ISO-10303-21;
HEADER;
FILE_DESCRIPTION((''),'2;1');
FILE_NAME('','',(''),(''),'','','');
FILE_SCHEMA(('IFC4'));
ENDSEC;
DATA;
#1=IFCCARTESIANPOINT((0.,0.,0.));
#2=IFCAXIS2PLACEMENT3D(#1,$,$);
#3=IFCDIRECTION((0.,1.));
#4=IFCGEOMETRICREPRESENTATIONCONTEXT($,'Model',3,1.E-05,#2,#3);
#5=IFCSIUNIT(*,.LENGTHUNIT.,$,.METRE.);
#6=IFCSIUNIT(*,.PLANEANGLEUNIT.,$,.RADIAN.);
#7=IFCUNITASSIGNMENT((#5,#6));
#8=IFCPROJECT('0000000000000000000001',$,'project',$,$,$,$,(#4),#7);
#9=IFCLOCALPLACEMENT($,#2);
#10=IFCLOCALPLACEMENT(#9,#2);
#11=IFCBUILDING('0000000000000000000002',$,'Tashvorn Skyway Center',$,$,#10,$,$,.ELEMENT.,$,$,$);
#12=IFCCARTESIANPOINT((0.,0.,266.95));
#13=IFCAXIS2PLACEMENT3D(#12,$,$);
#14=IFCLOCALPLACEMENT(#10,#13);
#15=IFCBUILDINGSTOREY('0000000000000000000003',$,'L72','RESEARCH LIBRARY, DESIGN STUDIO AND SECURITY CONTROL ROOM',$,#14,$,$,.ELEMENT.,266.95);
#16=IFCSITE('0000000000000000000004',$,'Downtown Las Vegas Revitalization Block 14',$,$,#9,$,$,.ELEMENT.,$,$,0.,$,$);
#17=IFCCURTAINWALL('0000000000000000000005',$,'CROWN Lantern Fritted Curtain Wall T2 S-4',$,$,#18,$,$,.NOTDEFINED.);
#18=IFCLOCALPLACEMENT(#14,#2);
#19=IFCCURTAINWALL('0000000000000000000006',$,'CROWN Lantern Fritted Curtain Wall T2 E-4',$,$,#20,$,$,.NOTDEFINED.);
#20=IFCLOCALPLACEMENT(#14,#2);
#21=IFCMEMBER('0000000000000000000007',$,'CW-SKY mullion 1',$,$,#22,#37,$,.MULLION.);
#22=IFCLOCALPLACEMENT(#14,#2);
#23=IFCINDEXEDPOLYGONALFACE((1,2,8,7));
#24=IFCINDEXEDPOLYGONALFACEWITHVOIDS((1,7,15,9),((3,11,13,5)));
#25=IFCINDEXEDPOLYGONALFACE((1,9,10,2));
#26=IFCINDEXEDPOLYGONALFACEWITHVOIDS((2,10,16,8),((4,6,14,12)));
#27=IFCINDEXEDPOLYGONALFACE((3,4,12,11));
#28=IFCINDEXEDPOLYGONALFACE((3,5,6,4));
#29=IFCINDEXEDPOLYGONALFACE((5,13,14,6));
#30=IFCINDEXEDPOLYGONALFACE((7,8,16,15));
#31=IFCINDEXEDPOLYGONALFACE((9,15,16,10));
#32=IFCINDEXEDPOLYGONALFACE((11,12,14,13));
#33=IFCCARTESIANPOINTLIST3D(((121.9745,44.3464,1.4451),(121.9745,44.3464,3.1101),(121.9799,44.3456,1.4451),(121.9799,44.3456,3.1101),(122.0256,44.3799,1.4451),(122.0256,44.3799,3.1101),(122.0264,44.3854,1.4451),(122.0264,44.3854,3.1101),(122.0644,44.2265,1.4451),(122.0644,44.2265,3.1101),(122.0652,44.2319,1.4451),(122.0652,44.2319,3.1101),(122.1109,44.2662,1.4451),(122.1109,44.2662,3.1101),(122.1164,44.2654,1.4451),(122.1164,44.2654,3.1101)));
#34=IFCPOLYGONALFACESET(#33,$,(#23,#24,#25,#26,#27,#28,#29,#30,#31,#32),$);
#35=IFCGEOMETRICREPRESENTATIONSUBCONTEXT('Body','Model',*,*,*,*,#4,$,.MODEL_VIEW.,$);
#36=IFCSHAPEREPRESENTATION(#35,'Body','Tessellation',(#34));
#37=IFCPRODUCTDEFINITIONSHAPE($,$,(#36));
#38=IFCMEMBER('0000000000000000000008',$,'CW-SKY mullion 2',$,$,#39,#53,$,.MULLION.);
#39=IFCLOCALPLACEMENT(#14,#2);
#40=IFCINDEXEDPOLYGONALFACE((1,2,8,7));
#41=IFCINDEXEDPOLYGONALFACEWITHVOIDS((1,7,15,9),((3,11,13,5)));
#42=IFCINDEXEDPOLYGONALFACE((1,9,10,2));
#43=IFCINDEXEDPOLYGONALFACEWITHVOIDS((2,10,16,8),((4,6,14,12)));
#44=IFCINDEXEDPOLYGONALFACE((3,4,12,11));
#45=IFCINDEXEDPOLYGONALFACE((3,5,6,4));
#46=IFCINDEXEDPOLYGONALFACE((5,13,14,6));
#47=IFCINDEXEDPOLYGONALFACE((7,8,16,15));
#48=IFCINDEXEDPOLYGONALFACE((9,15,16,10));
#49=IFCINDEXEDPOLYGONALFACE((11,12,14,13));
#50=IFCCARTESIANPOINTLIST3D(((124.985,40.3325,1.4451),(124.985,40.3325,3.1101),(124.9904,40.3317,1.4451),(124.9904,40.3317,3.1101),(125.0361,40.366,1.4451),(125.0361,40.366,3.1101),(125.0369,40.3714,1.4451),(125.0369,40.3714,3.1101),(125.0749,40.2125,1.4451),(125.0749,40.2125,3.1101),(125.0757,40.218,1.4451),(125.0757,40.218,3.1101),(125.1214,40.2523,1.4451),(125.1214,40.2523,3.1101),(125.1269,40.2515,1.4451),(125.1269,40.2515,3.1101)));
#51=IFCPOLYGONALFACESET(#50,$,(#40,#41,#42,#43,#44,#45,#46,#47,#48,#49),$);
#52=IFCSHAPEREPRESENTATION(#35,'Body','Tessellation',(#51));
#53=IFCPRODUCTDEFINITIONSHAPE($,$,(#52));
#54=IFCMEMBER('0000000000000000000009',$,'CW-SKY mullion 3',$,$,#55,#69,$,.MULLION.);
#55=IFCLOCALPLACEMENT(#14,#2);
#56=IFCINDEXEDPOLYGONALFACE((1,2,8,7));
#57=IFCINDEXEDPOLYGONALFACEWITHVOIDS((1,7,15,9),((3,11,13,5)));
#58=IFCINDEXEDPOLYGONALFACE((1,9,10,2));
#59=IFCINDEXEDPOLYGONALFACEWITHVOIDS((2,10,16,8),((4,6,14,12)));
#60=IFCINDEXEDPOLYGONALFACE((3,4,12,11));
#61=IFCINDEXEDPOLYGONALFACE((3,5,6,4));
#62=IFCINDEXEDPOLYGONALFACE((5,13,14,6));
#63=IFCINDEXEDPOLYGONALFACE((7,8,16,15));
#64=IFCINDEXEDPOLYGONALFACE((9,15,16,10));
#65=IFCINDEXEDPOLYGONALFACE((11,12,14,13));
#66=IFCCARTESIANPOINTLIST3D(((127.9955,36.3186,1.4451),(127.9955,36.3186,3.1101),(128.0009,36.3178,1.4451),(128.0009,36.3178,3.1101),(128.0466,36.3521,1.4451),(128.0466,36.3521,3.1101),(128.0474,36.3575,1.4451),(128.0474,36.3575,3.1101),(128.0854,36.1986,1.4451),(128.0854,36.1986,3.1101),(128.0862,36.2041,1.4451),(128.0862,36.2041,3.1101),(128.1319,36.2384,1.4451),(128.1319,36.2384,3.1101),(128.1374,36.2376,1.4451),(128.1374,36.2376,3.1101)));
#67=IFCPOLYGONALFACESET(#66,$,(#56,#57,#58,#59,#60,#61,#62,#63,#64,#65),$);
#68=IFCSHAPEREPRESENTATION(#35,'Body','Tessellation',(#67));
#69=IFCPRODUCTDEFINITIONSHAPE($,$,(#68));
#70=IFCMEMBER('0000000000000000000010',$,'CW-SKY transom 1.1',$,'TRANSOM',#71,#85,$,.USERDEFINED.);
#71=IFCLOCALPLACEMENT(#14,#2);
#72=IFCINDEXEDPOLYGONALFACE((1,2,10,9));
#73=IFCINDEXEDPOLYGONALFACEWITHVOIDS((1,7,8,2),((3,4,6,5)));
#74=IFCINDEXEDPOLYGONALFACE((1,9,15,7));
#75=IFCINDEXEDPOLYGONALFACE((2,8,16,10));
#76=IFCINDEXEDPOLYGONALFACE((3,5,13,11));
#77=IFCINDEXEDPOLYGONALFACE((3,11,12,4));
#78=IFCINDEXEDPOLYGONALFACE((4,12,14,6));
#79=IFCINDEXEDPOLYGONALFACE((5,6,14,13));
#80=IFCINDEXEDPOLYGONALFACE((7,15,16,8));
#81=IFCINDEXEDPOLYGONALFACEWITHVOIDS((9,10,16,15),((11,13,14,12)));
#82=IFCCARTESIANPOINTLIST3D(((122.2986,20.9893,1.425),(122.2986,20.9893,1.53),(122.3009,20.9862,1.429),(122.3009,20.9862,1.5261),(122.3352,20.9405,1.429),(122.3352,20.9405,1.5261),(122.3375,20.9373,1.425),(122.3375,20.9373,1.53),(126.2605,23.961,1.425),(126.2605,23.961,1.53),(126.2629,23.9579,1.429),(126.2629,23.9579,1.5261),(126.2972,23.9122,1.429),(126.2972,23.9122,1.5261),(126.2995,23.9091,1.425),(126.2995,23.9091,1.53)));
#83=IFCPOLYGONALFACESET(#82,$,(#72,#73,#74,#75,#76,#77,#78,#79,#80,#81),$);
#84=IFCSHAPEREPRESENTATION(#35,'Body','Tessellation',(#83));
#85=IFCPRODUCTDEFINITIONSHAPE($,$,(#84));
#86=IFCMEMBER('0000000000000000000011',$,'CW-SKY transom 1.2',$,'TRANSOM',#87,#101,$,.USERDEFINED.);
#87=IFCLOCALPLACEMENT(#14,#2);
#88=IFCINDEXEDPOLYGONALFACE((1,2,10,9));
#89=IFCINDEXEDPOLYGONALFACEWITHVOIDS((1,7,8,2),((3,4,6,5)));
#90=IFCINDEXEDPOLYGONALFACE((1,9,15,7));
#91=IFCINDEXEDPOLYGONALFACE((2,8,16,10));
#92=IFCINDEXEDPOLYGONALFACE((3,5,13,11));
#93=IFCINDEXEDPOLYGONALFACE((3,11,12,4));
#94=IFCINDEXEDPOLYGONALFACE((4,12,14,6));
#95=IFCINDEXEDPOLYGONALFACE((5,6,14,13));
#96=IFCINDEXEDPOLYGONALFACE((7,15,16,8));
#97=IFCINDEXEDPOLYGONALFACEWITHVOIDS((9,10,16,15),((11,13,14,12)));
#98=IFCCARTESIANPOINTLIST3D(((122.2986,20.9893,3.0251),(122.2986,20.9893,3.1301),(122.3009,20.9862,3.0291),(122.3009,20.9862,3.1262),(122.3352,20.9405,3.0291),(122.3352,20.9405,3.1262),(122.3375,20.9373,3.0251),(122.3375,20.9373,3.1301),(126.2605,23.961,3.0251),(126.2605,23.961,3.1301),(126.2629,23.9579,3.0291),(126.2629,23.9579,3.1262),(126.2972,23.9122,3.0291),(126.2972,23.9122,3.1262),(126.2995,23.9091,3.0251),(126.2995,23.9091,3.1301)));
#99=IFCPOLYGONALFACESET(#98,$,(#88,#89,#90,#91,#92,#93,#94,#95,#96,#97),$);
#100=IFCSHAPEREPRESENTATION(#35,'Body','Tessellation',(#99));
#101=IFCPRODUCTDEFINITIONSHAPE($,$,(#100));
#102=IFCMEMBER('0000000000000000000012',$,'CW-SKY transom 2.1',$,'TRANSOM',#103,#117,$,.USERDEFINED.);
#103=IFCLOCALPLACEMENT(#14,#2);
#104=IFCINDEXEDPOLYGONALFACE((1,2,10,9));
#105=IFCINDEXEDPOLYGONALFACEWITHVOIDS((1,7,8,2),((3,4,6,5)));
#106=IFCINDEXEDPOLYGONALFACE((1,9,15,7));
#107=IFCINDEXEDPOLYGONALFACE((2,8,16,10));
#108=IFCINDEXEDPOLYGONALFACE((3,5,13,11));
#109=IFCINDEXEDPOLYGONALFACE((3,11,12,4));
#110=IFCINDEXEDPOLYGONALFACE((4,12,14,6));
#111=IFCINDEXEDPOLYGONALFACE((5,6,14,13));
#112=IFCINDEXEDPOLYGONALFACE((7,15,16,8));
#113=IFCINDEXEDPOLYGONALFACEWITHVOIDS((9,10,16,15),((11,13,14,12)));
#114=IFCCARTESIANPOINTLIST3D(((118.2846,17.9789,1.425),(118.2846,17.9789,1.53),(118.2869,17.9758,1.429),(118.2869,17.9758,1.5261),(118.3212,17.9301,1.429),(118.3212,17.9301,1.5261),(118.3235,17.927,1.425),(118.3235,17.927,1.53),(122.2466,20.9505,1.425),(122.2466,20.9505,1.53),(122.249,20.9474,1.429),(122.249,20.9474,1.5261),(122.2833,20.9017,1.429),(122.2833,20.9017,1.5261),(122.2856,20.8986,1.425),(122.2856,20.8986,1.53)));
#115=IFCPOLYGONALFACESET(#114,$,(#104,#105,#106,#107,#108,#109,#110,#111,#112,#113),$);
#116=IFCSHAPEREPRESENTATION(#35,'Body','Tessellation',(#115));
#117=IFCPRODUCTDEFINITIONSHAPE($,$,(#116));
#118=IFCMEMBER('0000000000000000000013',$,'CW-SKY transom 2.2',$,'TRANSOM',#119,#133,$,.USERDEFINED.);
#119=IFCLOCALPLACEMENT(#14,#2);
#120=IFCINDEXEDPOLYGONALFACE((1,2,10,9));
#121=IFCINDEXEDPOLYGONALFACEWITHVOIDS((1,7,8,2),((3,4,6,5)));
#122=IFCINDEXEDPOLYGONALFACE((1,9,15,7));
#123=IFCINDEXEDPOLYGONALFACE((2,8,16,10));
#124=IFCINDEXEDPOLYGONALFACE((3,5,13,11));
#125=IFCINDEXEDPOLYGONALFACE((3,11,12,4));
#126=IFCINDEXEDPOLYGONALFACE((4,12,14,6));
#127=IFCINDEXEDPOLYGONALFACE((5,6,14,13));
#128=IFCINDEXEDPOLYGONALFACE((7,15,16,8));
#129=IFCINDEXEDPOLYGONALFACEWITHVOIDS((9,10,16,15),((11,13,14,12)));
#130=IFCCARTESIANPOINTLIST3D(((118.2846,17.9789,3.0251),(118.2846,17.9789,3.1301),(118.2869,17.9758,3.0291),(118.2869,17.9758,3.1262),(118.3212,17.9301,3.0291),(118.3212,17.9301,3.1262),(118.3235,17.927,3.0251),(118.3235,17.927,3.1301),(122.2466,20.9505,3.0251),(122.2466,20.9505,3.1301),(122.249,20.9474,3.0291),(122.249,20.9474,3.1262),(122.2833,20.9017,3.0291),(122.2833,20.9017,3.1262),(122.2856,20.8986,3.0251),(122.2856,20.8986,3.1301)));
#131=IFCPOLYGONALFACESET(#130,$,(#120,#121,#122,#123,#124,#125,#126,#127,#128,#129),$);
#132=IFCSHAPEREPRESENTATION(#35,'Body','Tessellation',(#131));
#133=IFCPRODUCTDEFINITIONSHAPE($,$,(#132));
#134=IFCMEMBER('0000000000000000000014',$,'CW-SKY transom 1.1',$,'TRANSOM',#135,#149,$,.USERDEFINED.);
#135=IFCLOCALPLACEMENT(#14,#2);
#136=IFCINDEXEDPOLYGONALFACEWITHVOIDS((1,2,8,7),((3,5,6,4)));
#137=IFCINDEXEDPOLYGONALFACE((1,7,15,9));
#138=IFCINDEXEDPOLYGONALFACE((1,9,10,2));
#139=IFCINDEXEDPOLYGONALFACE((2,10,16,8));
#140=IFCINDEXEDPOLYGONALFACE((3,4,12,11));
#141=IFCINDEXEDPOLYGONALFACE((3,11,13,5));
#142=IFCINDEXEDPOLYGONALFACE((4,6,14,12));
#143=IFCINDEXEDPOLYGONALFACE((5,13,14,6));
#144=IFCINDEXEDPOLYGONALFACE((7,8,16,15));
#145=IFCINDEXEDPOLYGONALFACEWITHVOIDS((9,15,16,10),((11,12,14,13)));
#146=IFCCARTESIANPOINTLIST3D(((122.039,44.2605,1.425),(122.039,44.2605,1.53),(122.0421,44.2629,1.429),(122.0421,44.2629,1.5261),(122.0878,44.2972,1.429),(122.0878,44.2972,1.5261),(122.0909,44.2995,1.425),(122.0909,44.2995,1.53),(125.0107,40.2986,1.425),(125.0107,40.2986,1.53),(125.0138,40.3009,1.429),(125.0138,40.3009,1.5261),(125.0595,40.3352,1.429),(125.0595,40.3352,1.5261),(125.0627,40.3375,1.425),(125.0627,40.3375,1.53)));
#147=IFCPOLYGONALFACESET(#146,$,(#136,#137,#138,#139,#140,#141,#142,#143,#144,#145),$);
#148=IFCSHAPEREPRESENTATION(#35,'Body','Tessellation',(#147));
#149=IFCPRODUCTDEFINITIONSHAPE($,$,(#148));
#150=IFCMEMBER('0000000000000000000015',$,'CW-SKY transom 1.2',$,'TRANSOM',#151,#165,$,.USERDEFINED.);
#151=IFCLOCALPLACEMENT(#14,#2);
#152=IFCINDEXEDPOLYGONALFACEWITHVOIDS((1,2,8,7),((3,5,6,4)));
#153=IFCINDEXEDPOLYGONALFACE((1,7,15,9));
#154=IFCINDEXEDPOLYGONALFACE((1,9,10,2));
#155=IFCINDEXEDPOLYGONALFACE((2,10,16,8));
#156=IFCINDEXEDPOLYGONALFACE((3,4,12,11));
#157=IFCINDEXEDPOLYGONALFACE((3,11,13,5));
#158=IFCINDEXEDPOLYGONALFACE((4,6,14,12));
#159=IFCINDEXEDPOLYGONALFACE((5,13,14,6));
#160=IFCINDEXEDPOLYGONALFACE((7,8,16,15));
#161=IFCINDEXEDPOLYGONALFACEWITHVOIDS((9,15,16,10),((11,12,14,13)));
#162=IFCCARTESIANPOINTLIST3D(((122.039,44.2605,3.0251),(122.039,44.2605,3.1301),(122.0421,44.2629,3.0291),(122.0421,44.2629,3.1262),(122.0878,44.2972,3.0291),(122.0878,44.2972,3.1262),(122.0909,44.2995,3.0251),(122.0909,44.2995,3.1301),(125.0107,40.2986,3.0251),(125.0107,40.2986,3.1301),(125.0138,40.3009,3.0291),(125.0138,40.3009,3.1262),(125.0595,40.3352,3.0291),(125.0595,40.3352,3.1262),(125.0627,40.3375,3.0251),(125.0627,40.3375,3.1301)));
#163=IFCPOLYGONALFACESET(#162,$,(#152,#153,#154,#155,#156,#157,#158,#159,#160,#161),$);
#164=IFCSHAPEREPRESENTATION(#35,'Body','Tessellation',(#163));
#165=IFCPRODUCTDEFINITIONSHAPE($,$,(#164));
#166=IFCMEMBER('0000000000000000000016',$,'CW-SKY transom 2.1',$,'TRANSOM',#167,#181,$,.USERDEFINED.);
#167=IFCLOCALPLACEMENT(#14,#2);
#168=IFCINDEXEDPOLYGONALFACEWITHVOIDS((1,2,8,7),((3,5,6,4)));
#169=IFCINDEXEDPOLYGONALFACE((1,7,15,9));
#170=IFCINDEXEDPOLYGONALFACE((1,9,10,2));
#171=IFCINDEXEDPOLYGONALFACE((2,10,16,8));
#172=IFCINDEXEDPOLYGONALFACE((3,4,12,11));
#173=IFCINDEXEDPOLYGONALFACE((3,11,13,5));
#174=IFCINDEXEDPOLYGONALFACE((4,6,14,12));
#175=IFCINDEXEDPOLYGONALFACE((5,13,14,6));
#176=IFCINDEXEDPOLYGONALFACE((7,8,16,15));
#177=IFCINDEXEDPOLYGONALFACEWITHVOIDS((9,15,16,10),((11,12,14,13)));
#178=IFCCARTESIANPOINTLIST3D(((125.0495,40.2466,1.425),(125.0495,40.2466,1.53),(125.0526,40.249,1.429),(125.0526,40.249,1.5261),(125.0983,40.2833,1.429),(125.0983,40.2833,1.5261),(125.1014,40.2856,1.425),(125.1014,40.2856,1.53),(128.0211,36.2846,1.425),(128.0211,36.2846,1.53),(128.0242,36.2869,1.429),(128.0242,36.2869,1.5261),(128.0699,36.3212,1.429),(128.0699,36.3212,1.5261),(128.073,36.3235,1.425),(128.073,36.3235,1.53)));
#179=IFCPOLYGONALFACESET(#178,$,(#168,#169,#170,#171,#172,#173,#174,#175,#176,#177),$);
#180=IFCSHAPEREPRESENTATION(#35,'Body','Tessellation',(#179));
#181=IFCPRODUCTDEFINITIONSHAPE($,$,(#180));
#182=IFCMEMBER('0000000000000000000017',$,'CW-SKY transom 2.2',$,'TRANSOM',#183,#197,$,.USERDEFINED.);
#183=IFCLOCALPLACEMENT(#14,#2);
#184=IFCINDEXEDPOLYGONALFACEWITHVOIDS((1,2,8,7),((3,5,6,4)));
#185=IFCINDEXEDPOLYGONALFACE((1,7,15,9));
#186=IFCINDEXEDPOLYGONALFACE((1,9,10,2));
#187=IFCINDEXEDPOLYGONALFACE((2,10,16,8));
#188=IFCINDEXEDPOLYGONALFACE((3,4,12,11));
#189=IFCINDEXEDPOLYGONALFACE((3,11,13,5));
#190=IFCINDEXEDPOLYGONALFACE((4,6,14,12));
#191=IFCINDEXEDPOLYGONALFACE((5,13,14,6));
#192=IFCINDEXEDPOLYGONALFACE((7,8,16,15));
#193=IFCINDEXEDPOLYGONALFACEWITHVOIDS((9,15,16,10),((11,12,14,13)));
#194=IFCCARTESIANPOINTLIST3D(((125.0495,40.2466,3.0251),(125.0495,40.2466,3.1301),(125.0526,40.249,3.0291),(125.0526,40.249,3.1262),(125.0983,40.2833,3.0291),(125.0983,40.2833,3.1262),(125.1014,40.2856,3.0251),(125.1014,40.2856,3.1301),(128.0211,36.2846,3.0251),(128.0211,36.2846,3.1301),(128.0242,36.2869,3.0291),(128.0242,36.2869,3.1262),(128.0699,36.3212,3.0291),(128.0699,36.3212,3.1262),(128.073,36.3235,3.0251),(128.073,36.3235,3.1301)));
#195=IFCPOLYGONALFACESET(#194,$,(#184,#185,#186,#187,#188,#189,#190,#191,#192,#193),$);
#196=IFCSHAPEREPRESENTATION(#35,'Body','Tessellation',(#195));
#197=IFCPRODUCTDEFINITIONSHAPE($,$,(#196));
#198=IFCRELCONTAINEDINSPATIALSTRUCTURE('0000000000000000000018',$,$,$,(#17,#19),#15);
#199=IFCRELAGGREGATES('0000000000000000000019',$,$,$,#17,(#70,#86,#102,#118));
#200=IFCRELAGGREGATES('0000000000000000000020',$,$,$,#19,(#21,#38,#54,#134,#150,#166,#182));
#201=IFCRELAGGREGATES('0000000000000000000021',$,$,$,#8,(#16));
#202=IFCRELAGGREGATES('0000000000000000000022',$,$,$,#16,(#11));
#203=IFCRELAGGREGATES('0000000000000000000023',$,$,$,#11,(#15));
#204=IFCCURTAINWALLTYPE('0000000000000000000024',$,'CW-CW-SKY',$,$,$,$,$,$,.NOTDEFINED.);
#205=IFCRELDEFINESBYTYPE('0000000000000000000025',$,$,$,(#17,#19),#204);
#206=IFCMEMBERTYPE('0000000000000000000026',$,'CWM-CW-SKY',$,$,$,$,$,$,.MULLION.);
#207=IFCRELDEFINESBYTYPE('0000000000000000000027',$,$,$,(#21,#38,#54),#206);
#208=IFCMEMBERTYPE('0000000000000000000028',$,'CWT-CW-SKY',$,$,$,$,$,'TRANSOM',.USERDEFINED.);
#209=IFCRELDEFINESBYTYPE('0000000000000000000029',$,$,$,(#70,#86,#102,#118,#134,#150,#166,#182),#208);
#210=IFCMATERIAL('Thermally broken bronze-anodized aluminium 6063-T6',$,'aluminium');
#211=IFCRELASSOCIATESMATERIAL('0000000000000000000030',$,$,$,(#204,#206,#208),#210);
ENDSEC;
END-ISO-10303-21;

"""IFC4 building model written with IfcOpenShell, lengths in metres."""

from ifc_helpers import new_model, si_unit, direction, frame, origin, origin_2d, place, context, subcontext, project, spatial, hollow_rectangle, extrude, material, material_profile, profile_set, type_object, element, aggregate, save


model = new_model("IFC4")

# Units and contexts
model_context = context("Model", 3, precision=1e-05, world=origin(), true_north=direction((0.0, 1.0)))
body_context = subcontext(model_context, "Body", "Model", "MODEL_VIEW")
ifc_project = project(units=[si_unit("LENGTHUNIT", "METRE"), si_unit("PLANEANGLEUNIT", "RADIAN")], contexts=[model_context])

# Site, building, storey
site_placement = place(None, origin())
site = spatial("IfcSite", under=ifc_project, at=site_placement, Name="Downtown Las Vegas Revitalization Block 14", CompositionType="ELEMENT", RefElevation=0.0)
building_placement = place(site_placement, origin())
building = spatial("IfcBuilding", under=site, at=building_placement, Name="Tashvorn Skyway Center", CompositionType="ELEMENT")
storey_placement = place(building_placement, frame((0.0, 0.0, 266.95)))
storey = spatial("IfcBuildingStorey", under=building, at=storey_placement, Name="L72", Description="RESEARCH LIBRARY, DESIGN STUDIO AND SECURITY CONTROL ROOM", CompositionType="ELEMENT", Elevation=266.95)

# Curtain walls, members
ifc_material_1 = material(Name="Thermally broken bronze-anodized aluminium 6063-T6", Category="aluminium")
curtain_wall_type = type_object("IfcCurtainWallType", Name="CW-CW-SKY", PredefinedType="NOTDEFINED", material=ifc_material_1)
curtain_wall_1_placement = place(storey_placement, origin())
curtain_wall_1 = element("IfcCurtainWall", 1, at=curtain_wall_1_placement, inside=storey, type_object=curtain_wall_type, Name="CROWN Lantern Fritted Curtain Wall T2 S-4", PredefinedType="NOTDEFINED")
ifc_material_profile_1 = material_profile(ifc_material_1, hollow_rectangle(XDim=0.0649, YDim=0.1499, WallThickness=0.0039, at=origin_2d()), Name="ALU-MULL-65x150")
ifc_profile_set_1 = profile_set([ifc_material_profile_1], Name="Thermally broken bronze-anodized aluminium 6063-T6")
member_type_1 = type_object("IfcMemberType", Name="CWM-CW-SKY", PredefinedType="MULLION", material=ifc_profile_set_1)
curtain_wall_2_placement = place(storey_placement, origin())
curtain_wall_2 = element("IfcCurtainWall", 2, at=curtain_wall_2_placement, inside=storey, type_object=curtain_wall_type, Name="CROWN Lantern Fritted Curtain Wall T2 E-4", PredefinedType="NOTDEFINED")
member_1_placement = place(storey_placement, frame((122.0454, 44.3059, 1.4451), z_axis=(0.0, 0.0, 1.0), x_axis=(0.8, 0.6, 0.0)))
member_1 = element("IfcMember", 3, at=member_1_placement, type_object=member_type_1, Name="CW-SKY mullion 1", PredefinedType="MULLION", context=body_context, shape_type="SweptSolid", body=[
    extrude(hollow_rectangle(XDim=0.0649, YDim=0.1499, WallThickness=0.0039, at=origin_2d()), origin(), (0.0, 0.0, 1.0), 1.665),
])
member_2_placement = place(storey_placement, frame((125.0559, 40.292, 1.4451), z_axis=(0.0, 0.0, 1.0), x_axis=(0.8, 0.6, 0.0)))
member_2 = element("IfcMember", 4, at=member_2_placement, type_object=member_type_1, Name="CW-SKY mullion 2", PredefinedType="MULLION", context=body_context, shape_type="SweptSolid", body=[
    extrude(hollow_rectangle(XDim=0.0649, YDim=0.1499, WallThickness=0.0039, at=origin_2d()), origin(), (0.0, 0.0, 1.0), 1.665),
])
member_3_placement = place(storey_placement, frame((128.0664, 36.2781, 1.4451), z_axis=(0.0, 0.0, 1.0), x_axis=(0.8, 0.6, 0.0)))
member_3 = element("IfcMember", 5, at=member_3_placement, type_object=member_type_1, Name="CW-SKY mullion 3", PredefinedType="MULLION", context=body_context, shape_type="SweptSolid", body=[
    extrude(hollow_rectangle(XDim=0.0649, YDim=0.1499, WallThickness=0.0039, at=origin_2d()), origin(), (0.0, 0.0, 1.0), 1.665),
])

# Members
ifc_material_profile_2 = material_profile(ifc_material_1, hollow_rectangle(XDim=0.0649, YDim=0.105, WallThickness=0.0039, at=origin_2d()), Name="ALU-TRAN-65x105")
ifc_profile_set_2 = profile_set([ifc_material_profile_2], Name="Thermally broken bronze-anodized aluminium 6063-T6")
member_type_2 = type_object("IfcMemberType", Name="CWT-CW-SKY", ElementType="TRANSOM", PredefinedType="USERDEFINED", material=ifc_profile_set_2)
member_4_placement = place(storey_placement, frame((126.28, 23.9351, 1.4775), z_axis=(-0.799976, -0.600032, 0.0), x_axis=(0.600032, -0.799976, 0.0)))
member_4 = element("IfcMember", 6, at=member_4_placement, type_object=member_type_2, Name="CW-SKY transom 1.1", ObjectType="TRANSOM", PredefinedType="USERDEFINED", context=body_context, shape_type="SweptSolid", body=[
    extrude(hollow_rectangle(XDim=0.0649, YDim=0.105, WallThickness=0.0039, at=origin_2d()), origin(), (0.0, 0.0, 1.0), 4.9526),
])
member_5_placement = place(storey_placement, frame((126.28, 23.9351, 3.0776), z_axis=(-0.799976, -0.600032, 0.0), x_axis=(0.600032, -0.799976, 0.0)))
member_5 = element("IfcMember", 7, at=member_5_placement, type_object=member_type_2, Name="CW-SKY transom 1.2", ObjectType="TRANSOM", PredefinedType="USERDEFINED", context=body_context, shape_type="SweptSolid", body=[
    extrude(hollow_rectangle(XDim=0.0649, YDim=0.105, WallThickness=0.0039, at=origin_2d()), origin(), (0.0, 0.0, 1.0), 4.9526),
])
member_6_placement = place(storey_placement, frame((122.2661, 20.9246, 1.4775), z_axis=(-0.799994, -0.600008, 0.0), x_axis=(0.600008, -0.799994, 0.0)))
member_6 = element("IfcMember", 8, at=member_6_placement, type_object=member_type_2, Name="CW-SKY transom 2.1", ObjectType="TRANSOM", PredefinedType="USERDEFINED", context=body_context, shape_type="SweptSolid", body=[
    extrude(hollow_rectangle(XDim=0.0649, YDim=0.105, WallThickness=0.0039, at=origin_2d()), origin(), (0.0, 0.0, 1.0), 4.9526),
])
member_7_placement = place(storey_placement, frame((122.2661, 20.9246, 3.0776), z_axis=(-0.799994, -0.600008, 0.0), x_axis=(0.600008, -0.799994, 0.0)))
member_7 = element("IfcMember", 9, at=member_7_placement, type_object=member_type_2, Name="CW-SKY transom 2.2", ObjectType="TRANSOM", PredefinedType="USERDEFINED", context=body_context, shape_type="SweptSolid", body=[
    extrude(hollow_rectangle(XDim=0.0649, YDim=0.105, WallThickness=0.0039, at=origin_2d()), origin(), (0.0, 0.0, 1.0), 4.9526),
])
member_8_placement = place(storey_placement, frame((122.0649, 44.28, 1.4775), z_axis=(0.600032, -0.799976, 0.0), x_axis=(0.799976, 0.600032, 0.0)))
member_8 = element("IfcMember", 10, at=member_8_placement, type_object=member_type_2, Name="CW-SKY transom 1.1", ObjectType="TRANSOM", PredefinedType="USERDEFINED", context=body_context, shape_type="SweptSolid", body=[
    extrude(hollow_rectangle(XDim=0.0649, YDim=0.105, WallThickness=0.0039, at=origin_2d()), origin(), (0.0, 0.0, 1.0), 4.9526),
])
member_9_placement = place(storey_placement, frame((122.0649, 44.28, 3.0776), z_axis=(0.600032, -0.799976, 0.0), x_axis=(0.799976, 0.600032, 0.0)))
member_9 = element("IfcMember", 11, at=member_9_placement, type_object=member_type_2, Name="CW-SKY transom 1.2", ObjectType="TRANSOM", PredefinedType="USERDEFINED", context=body_context, shape_type="SweptSolid", body=[
    extrude(hollow_rectangle(XDim=0.0649, YDim=0.105, WallThickness=0.0039, at=origin_2d()), origin(), (0.0, 0.0, 1.0), 4.9526),
])
member_10_placement = place(storey_placement, frame((125.0754, 40.2661, 1.4775), z_axis=(0.600008, -0.799994, 0.0), x_axis=(0.799994, 0.600008, 0.0)))
member_10 = element("IfcMember", 12, at=member_10_placement, type_object=member_type_2, Name="CW-SKY transom 2.1", ObjectType="TRANSOM", PredefinedType="USERDEFINED", context=body_context, shape_type="SweptSolid", body=[
    extrude(hollow_rectangle(XDim=0.0649, YDim=0.105, WallThickness=0.0039, at=origin_2d()), origin(), (0.0, 0.0, 1.0), 4.9526),
])
member_11_placement = place(storey_placement, frame((125.0754, 40.2661, 3.0776), z_axis=(0.600008, -0.799994, 0.0), x_axis=(0.799994, 0.600008, 0.0)))
member_11 = element("IfcMember", 13, at=member_11_placement, type_object=member_type_2, Name="CW-SKY transom 2.2", ObjectType="TRANSOM", PredefinedType="USERDEFINED", context=body_context, shape_type="SweptSolid", body=[
    extrude(hollow_rectangle(XDim=0.0649, YDim=0.105, WallThickness=0.0039, at=origin_2d()), origin(), (0.0, 0.0, 1.0), 4.9526),
])

aggregate(curtain_wall_1, [member_4, member_5, member_6, member_7])
aggregate(curtain_wall_2, [member_1, member_2, member_3, member_8, member_9, member_10, member_11])

save(model, "model.ifc")
